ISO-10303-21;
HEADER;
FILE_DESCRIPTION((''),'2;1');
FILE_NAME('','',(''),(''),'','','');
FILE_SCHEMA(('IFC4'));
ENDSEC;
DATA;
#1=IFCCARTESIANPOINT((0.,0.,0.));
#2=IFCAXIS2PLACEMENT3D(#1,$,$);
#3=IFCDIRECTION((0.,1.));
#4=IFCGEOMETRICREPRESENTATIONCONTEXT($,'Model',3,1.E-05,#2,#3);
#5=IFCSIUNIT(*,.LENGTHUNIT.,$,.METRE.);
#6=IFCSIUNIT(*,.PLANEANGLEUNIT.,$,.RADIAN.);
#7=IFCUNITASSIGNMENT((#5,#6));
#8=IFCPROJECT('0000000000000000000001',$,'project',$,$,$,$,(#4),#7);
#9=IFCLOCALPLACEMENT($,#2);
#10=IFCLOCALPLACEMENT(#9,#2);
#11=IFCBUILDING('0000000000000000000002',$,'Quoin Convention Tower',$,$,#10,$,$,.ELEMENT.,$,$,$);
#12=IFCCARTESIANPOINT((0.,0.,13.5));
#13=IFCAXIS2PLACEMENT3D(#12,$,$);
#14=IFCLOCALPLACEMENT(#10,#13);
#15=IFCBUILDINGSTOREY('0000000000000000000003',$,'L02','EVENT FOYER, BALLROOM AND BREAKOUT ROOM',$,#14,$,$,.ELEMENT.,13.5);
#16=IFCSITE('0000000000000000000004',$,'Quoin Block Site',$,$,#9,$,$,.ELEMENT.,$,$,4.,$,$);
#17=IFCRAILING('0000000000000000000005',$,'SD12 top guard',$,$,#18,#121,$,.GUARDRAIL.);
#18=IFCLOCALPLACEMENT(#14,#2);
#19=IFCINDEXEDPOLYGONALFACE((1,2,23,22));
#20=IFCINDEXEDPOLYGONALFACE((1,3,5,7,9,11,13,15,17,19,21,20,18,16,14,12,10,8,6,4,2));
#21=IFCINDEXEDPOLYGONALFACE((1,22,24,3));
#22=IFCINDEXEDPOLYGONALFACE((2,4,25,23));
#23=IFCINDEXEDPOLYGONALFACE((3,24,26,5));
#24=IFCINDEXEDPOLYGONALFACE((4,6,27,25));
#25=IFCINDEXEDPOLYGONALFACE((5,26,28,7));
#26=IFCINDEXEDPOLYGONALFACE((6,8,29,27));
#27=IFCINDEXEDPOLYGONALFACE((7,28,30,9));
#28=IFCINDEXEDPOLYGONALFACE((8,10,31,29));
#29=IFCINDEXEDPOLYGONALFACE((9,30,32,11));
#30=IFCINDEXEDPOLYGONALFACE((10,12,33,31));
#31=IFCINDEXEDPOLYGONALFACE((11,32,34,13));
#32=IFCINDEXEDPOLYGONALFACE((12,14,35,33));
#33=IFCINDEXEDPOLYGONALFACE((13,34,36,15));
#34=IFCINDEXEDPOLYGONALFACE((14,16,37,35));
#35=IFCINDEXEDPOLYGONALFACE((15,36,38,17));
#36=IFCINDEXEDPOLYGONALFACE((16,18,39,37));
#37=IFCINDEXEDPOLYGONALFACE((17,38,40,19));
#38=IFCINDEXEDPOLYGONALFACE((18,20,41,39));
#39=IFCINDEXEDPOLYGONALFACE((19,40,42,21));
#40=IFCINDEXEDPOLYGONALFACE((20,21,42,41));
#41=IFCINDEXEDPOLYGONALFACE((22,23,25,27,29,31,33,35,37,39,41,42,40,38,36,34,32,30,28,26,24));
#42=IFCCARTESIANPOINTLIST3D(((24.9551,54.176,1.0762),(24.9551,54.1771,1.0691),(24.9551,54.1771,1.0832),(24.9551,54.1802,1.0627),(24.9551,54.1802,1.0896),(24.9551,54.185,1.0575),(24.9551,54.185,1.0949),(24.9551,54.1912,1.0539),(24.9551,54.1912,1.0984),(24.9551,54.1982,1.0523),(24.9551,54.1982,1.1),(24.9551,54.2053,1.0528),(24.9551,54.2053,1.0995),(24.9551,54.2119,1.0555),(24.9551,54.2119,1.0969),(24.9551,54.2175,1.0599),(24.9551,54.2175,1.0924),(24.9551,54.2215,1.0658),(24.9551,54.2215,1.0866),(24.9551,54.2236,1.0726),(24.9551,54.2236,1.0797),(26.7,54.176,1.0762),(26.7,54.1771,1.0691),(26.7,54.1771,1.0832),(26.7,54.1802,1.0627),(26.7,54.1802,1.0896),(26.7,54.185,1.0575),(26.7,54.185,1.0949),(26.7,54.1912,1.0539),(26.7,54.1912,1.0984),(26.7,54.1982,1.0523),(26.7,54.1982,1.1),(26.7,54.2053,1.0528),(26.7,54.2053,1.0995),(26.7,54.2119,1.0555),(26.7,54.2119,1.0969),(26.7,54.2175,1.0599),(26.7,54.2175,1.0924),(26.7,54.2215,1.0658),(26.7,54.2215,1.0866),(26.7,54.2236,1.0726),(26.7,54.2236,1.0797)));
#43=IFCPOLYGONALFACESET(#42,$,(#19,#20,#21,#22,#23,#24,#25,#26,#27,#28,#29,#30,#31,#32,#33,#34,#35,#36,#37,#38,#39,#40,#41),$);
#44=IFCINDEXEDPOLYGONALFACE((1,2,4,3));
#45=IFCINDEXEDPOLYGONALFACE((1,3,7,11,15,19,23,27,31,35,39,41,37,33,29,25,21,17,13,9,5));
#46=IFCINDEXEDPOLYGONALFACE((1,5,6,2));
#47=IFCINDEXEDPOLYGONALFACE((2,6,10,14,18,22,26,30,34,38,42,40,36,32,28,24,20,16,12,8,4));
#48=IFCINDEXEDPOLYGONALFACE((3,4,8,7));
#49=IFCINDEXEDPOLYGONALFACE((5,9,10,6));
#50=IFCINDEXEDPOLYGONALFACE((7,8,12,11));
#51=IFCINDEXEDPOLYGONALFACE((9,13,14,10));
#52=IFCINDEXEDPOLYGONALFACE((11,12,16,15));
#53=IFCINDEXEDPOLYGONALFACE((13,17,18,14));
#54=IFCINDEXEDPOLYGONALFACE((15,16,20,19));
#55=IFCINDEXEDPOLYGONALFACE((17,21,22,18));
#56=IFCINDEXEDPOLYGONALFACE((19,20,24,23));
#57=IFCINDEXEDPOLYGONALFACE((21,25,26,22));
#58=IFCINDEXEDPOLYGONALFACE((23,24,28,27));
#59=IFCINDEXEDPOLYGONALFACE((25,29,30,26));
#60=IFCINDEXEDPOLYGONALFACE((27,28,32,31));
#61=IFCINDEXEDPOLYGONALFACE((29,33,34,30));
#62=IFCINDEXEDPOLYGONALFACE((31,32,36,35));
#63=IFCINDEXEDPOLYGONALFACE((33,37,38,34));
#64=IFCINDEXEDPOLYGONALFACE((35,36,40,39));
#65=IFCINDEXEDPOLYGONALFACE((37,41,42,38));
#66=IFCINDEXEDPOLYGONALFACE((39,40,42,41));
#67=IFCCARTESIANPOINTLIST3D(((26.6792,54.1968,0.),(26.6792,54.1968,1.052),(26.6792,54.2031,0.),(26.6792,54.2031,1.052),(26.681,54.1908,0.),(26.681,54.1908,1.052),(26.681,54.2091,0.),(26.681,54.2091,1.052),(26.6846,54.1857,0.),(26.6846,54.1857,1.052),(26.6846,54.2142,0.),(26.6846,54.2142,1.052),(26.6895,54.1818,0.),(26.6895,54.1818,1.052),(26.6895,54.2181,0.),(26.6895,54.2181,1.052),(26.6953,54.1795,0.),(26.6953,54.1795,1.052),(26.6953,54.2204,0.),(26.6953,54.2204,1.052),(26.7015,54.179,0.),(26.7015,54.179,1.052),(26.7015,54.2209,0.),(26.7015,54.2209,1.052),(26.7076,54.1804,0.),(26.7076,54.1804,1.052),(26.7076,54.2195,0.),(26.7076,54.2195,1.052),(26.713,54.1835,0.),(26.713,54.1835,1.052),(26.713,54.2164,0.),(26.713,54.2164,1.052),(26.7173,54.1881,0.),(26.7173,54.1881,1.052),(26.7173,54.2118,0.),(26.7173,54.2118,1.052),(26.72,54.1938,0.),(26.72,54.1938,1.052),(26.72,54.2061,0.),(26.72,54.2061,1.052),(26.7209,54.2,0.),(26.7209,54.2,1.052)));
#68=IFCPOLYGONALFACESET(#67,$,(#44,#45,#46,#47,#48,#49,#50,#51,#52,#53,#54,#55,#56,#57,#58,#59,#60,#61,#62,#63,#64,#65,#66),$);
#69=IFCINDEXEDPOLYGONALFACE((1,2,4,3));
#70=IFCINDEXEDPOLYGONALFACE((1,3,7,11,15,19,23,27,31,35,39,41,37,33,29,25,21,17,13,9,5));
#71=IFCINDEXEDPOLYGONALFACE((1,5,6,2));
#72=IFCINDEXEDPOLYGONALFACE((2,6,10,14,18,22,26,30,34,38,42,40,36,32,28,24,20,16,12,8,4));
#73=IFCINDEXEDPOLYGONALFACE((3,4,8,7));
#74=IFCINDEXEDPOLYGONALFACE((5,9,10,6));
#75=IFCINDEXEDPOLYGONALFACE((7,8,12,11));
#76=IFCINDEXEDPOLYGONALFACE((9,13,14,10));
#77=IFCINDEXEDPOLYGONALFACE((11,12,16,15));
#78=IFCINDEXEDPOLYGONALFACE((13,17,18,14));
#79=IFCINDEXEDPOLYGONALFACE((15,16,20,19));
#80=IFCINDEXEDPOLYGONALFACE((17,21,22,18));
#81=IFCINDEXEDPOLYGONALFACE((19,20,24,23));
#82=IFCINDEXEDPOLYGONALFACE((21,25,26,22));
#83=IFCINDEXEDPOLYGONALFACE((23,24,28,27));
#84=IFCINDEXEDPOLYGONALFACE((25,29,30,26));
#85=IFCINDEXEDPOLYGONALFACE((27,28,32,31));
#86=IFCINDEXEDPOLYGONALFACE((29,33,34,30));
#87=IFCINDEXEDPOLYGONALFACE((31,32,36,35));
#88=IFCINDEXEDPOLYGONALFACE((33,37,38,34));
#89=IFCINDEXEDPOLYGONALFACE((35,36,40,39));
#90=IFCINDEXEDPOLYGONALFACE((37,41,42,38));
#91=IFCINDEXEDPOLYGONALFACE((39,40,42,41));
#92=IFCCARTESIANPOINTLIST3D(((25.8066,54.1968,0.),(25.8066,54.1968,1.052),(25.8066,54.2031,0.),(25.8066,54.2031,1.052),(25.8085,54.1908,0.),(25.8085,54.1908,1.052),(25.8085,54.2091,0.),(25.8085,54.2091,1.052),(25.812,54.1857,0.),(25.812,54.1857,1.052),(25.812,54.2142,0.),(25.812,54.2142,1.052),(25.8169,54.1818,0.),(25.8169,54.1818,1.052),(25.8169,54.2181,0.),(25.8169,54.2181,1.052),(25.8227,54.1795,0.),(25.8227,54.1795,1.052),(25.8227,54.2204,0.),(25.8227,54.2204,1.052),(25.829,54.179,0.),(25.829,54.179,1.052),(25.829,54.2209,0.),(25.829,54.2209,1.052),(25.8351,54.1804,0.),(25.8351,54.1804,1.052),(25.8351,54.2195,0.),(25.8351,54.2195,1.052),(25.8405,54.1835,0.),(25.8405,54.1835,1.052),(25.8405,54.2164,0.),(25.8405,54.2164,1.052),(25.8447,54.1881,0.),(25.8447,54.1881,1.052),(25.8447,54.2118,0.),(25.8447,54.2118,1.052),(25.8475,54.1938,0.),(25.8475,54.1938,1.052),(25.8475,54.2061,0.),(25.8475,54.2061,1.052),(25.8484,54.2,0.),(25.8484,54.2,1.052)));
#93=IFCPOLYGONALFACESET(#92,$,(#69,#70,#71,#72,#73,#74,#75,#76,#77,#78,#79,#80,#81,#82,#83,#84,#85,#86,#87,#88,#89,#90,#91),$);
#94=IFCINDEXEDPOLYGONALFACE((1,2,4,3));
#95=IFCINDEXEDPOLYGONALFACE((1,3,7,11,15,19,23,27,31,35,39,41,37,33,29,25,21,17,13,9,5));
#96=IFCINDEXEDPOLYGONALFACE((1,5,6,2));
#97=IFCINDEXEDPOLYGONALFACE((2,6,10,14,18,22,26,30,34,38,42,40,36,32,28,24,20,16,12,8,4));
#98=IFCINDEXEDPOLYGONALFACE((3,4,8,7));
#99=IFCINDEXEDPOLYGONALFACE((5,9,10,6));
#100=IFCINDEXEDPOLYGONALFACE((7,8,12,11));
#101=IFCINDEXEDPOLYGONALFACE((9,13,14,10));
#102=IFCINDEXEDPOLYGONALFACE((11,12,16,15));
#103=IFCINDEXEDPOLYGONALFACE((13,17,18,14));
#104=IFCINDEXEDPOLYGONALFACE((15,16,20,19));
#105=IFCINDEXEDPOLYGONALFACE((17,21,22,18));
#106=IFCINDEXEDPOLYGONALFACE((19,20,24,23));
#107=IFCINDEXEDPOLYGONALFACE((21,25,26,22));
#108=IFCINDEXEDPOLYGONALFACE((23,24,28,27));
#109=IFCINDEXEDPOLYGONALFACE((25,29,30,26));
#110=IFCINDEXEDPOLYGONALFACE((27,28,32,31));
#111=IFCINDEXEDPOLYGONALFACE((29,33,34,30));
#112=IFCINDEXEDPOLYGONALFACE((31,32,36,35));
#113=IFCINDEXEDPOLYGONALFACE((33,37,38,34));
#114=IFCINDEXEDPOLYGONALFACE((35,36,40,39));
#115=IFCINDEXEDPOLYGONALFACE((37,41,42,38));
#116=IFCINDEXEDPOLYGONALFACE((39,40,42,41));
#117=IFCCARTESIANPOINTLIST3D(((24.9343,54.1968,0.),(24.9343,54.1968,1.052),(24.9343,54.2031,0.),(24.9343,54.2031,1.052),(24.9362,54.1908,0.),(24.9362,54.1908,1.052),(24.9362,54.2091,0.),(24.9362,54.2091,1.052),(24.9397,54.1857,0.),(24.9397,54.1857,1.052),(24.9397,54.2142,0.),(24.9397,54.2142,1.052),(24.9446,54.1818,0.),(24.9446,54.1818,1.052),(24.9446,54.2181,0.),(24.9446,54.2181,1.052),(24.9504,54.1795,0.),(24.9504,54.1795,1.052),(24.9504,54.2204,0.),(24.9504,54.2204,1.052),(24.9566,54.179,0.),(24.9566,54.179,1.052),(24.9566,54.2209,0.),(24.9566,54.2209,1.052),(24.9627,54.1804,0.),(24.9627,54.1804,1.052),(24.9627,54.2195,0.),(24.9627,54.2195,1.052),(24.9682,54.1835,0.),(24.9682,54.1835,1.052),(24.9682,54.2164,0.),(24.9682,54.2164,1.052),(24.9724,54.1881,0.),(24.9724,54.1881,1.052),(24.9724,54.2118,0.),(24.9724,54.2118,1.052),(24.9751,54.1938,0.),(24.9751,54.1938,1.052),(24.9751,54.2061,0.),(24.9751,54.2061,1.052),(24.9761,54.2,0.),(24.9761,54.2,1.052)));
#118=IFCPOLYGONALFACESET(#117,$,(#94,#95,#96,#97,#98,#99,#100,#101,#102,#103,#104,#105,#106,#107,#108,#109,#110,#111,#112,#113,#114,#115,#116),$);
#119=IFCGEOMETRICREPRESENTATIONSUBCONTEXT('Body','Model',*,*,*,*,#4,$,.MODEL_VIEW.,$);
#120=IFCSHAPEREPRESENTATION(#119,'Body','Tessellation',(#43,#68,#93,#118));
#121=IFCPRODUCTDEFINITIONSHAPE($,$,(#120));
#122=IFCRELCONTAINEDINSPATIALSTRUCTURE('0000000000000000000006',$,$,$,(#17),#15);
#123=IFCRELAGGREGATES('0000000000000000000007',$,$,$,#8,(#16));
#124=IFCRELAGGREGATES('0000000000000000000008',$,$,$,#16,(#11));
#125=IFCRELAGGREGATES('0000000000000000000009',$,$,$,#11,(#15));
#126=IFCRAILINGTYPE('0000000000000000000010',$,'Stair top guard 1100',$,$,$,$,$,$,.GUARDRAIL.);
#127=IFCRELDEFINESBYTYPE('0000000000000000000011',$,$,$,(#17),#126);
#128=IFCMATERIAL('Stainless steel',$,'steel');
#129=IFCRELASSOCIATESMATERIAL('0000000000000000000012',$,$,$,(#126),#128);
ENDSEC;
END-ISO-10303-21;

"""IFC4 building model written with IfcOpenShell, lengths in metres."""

from ifc_helpers import new_model, si_unit, direction, frame, origin, origin_2d, place, context, subcontext, project, spatial, circle, extrude, material, type_object, element, save


model = new_model("IFC4")

# Units and contexts
model_context = context("Model", 3, precision=1e-05, world=origin(), true_north=direction((0.0, 1.0)))
body_context = subcontext(model_context, "Body", "Model", "MODEL_VIEW")
ifc_project = project(units=[si_unit("LENGTHUNIT", "METRE"), si_unit("PLANEANGLEUNIT", "RADIAN")], contexts=[model_context])

# Site, building, storey
site_placement = place(None, origin())
site = spatial("IfcSite", under=ifc_project, at=site_placement, Name="Quoin Block Site", CompositionType="ELEMENT", RefElevation=4.0)
building_placement = place(site_placement, origin())
building = spatial("IfcBuilding", under=site, at=building_placement, Name="Quoin Convention Tower", CompositionType="ELEMENT")
storey_placement = place(building_placement, frame((0.0, 0.0, 13.5)))
storey = spatial("IfcBuildingStorey", under=building, at=storey_placement, Name="L02", Description="EVENT FOYER, BALLROOM AND BREAKOUT ROOM", CompositionType="ELEMENT", Elevation=13.5)

# Railing
ifc_material_1 = material(Name="Stainless steel", Category="steel")
railing_type_1 = type_object("IfcRailingType", Name="Stair top guard 1100", PredefinedType="GUARDRAIL", material=ifc_material_1)
for number, where, name in (
    (1, (26.7, 54.2, 0.0), "SD12 top guard"),
):
    element("IfcRailing", number, at=place(storey_placement, frame(where)), inside=storey, type_object=railing_type_1, Name=name, PredefinedType="GUARDRAIL", context=body_context, shape_type="SweptSolid", body=[
        extrude(circle(Radius=0.0239, at=origin_2d()), frame((0.0, 0.0, 1.0762), z_axis=(-1.0, 0.0, 0.0), x_axis=(0.0, -1.0, 0.0)), (0.0, 0.0, 1.0), 1.7449),
        extrude(circle(Radius=0.021, at=origin_2d()), origin(), (0.0, 0.0, 1.0), 1.052),
        extrude(circle(Radius=0.021, at=origin_2d()), frame((-0.8726, 0.0, 0.0)), (0.0, 0.0, 1.0), 1.052),
        extrude(circle(Radius=0.021, at=origin_2d()), frame((-1.7449, 0.0, 0.0)), (0.0, 0.0, 1.0), 1.052),
    ])

save(model, "model.ifc")
